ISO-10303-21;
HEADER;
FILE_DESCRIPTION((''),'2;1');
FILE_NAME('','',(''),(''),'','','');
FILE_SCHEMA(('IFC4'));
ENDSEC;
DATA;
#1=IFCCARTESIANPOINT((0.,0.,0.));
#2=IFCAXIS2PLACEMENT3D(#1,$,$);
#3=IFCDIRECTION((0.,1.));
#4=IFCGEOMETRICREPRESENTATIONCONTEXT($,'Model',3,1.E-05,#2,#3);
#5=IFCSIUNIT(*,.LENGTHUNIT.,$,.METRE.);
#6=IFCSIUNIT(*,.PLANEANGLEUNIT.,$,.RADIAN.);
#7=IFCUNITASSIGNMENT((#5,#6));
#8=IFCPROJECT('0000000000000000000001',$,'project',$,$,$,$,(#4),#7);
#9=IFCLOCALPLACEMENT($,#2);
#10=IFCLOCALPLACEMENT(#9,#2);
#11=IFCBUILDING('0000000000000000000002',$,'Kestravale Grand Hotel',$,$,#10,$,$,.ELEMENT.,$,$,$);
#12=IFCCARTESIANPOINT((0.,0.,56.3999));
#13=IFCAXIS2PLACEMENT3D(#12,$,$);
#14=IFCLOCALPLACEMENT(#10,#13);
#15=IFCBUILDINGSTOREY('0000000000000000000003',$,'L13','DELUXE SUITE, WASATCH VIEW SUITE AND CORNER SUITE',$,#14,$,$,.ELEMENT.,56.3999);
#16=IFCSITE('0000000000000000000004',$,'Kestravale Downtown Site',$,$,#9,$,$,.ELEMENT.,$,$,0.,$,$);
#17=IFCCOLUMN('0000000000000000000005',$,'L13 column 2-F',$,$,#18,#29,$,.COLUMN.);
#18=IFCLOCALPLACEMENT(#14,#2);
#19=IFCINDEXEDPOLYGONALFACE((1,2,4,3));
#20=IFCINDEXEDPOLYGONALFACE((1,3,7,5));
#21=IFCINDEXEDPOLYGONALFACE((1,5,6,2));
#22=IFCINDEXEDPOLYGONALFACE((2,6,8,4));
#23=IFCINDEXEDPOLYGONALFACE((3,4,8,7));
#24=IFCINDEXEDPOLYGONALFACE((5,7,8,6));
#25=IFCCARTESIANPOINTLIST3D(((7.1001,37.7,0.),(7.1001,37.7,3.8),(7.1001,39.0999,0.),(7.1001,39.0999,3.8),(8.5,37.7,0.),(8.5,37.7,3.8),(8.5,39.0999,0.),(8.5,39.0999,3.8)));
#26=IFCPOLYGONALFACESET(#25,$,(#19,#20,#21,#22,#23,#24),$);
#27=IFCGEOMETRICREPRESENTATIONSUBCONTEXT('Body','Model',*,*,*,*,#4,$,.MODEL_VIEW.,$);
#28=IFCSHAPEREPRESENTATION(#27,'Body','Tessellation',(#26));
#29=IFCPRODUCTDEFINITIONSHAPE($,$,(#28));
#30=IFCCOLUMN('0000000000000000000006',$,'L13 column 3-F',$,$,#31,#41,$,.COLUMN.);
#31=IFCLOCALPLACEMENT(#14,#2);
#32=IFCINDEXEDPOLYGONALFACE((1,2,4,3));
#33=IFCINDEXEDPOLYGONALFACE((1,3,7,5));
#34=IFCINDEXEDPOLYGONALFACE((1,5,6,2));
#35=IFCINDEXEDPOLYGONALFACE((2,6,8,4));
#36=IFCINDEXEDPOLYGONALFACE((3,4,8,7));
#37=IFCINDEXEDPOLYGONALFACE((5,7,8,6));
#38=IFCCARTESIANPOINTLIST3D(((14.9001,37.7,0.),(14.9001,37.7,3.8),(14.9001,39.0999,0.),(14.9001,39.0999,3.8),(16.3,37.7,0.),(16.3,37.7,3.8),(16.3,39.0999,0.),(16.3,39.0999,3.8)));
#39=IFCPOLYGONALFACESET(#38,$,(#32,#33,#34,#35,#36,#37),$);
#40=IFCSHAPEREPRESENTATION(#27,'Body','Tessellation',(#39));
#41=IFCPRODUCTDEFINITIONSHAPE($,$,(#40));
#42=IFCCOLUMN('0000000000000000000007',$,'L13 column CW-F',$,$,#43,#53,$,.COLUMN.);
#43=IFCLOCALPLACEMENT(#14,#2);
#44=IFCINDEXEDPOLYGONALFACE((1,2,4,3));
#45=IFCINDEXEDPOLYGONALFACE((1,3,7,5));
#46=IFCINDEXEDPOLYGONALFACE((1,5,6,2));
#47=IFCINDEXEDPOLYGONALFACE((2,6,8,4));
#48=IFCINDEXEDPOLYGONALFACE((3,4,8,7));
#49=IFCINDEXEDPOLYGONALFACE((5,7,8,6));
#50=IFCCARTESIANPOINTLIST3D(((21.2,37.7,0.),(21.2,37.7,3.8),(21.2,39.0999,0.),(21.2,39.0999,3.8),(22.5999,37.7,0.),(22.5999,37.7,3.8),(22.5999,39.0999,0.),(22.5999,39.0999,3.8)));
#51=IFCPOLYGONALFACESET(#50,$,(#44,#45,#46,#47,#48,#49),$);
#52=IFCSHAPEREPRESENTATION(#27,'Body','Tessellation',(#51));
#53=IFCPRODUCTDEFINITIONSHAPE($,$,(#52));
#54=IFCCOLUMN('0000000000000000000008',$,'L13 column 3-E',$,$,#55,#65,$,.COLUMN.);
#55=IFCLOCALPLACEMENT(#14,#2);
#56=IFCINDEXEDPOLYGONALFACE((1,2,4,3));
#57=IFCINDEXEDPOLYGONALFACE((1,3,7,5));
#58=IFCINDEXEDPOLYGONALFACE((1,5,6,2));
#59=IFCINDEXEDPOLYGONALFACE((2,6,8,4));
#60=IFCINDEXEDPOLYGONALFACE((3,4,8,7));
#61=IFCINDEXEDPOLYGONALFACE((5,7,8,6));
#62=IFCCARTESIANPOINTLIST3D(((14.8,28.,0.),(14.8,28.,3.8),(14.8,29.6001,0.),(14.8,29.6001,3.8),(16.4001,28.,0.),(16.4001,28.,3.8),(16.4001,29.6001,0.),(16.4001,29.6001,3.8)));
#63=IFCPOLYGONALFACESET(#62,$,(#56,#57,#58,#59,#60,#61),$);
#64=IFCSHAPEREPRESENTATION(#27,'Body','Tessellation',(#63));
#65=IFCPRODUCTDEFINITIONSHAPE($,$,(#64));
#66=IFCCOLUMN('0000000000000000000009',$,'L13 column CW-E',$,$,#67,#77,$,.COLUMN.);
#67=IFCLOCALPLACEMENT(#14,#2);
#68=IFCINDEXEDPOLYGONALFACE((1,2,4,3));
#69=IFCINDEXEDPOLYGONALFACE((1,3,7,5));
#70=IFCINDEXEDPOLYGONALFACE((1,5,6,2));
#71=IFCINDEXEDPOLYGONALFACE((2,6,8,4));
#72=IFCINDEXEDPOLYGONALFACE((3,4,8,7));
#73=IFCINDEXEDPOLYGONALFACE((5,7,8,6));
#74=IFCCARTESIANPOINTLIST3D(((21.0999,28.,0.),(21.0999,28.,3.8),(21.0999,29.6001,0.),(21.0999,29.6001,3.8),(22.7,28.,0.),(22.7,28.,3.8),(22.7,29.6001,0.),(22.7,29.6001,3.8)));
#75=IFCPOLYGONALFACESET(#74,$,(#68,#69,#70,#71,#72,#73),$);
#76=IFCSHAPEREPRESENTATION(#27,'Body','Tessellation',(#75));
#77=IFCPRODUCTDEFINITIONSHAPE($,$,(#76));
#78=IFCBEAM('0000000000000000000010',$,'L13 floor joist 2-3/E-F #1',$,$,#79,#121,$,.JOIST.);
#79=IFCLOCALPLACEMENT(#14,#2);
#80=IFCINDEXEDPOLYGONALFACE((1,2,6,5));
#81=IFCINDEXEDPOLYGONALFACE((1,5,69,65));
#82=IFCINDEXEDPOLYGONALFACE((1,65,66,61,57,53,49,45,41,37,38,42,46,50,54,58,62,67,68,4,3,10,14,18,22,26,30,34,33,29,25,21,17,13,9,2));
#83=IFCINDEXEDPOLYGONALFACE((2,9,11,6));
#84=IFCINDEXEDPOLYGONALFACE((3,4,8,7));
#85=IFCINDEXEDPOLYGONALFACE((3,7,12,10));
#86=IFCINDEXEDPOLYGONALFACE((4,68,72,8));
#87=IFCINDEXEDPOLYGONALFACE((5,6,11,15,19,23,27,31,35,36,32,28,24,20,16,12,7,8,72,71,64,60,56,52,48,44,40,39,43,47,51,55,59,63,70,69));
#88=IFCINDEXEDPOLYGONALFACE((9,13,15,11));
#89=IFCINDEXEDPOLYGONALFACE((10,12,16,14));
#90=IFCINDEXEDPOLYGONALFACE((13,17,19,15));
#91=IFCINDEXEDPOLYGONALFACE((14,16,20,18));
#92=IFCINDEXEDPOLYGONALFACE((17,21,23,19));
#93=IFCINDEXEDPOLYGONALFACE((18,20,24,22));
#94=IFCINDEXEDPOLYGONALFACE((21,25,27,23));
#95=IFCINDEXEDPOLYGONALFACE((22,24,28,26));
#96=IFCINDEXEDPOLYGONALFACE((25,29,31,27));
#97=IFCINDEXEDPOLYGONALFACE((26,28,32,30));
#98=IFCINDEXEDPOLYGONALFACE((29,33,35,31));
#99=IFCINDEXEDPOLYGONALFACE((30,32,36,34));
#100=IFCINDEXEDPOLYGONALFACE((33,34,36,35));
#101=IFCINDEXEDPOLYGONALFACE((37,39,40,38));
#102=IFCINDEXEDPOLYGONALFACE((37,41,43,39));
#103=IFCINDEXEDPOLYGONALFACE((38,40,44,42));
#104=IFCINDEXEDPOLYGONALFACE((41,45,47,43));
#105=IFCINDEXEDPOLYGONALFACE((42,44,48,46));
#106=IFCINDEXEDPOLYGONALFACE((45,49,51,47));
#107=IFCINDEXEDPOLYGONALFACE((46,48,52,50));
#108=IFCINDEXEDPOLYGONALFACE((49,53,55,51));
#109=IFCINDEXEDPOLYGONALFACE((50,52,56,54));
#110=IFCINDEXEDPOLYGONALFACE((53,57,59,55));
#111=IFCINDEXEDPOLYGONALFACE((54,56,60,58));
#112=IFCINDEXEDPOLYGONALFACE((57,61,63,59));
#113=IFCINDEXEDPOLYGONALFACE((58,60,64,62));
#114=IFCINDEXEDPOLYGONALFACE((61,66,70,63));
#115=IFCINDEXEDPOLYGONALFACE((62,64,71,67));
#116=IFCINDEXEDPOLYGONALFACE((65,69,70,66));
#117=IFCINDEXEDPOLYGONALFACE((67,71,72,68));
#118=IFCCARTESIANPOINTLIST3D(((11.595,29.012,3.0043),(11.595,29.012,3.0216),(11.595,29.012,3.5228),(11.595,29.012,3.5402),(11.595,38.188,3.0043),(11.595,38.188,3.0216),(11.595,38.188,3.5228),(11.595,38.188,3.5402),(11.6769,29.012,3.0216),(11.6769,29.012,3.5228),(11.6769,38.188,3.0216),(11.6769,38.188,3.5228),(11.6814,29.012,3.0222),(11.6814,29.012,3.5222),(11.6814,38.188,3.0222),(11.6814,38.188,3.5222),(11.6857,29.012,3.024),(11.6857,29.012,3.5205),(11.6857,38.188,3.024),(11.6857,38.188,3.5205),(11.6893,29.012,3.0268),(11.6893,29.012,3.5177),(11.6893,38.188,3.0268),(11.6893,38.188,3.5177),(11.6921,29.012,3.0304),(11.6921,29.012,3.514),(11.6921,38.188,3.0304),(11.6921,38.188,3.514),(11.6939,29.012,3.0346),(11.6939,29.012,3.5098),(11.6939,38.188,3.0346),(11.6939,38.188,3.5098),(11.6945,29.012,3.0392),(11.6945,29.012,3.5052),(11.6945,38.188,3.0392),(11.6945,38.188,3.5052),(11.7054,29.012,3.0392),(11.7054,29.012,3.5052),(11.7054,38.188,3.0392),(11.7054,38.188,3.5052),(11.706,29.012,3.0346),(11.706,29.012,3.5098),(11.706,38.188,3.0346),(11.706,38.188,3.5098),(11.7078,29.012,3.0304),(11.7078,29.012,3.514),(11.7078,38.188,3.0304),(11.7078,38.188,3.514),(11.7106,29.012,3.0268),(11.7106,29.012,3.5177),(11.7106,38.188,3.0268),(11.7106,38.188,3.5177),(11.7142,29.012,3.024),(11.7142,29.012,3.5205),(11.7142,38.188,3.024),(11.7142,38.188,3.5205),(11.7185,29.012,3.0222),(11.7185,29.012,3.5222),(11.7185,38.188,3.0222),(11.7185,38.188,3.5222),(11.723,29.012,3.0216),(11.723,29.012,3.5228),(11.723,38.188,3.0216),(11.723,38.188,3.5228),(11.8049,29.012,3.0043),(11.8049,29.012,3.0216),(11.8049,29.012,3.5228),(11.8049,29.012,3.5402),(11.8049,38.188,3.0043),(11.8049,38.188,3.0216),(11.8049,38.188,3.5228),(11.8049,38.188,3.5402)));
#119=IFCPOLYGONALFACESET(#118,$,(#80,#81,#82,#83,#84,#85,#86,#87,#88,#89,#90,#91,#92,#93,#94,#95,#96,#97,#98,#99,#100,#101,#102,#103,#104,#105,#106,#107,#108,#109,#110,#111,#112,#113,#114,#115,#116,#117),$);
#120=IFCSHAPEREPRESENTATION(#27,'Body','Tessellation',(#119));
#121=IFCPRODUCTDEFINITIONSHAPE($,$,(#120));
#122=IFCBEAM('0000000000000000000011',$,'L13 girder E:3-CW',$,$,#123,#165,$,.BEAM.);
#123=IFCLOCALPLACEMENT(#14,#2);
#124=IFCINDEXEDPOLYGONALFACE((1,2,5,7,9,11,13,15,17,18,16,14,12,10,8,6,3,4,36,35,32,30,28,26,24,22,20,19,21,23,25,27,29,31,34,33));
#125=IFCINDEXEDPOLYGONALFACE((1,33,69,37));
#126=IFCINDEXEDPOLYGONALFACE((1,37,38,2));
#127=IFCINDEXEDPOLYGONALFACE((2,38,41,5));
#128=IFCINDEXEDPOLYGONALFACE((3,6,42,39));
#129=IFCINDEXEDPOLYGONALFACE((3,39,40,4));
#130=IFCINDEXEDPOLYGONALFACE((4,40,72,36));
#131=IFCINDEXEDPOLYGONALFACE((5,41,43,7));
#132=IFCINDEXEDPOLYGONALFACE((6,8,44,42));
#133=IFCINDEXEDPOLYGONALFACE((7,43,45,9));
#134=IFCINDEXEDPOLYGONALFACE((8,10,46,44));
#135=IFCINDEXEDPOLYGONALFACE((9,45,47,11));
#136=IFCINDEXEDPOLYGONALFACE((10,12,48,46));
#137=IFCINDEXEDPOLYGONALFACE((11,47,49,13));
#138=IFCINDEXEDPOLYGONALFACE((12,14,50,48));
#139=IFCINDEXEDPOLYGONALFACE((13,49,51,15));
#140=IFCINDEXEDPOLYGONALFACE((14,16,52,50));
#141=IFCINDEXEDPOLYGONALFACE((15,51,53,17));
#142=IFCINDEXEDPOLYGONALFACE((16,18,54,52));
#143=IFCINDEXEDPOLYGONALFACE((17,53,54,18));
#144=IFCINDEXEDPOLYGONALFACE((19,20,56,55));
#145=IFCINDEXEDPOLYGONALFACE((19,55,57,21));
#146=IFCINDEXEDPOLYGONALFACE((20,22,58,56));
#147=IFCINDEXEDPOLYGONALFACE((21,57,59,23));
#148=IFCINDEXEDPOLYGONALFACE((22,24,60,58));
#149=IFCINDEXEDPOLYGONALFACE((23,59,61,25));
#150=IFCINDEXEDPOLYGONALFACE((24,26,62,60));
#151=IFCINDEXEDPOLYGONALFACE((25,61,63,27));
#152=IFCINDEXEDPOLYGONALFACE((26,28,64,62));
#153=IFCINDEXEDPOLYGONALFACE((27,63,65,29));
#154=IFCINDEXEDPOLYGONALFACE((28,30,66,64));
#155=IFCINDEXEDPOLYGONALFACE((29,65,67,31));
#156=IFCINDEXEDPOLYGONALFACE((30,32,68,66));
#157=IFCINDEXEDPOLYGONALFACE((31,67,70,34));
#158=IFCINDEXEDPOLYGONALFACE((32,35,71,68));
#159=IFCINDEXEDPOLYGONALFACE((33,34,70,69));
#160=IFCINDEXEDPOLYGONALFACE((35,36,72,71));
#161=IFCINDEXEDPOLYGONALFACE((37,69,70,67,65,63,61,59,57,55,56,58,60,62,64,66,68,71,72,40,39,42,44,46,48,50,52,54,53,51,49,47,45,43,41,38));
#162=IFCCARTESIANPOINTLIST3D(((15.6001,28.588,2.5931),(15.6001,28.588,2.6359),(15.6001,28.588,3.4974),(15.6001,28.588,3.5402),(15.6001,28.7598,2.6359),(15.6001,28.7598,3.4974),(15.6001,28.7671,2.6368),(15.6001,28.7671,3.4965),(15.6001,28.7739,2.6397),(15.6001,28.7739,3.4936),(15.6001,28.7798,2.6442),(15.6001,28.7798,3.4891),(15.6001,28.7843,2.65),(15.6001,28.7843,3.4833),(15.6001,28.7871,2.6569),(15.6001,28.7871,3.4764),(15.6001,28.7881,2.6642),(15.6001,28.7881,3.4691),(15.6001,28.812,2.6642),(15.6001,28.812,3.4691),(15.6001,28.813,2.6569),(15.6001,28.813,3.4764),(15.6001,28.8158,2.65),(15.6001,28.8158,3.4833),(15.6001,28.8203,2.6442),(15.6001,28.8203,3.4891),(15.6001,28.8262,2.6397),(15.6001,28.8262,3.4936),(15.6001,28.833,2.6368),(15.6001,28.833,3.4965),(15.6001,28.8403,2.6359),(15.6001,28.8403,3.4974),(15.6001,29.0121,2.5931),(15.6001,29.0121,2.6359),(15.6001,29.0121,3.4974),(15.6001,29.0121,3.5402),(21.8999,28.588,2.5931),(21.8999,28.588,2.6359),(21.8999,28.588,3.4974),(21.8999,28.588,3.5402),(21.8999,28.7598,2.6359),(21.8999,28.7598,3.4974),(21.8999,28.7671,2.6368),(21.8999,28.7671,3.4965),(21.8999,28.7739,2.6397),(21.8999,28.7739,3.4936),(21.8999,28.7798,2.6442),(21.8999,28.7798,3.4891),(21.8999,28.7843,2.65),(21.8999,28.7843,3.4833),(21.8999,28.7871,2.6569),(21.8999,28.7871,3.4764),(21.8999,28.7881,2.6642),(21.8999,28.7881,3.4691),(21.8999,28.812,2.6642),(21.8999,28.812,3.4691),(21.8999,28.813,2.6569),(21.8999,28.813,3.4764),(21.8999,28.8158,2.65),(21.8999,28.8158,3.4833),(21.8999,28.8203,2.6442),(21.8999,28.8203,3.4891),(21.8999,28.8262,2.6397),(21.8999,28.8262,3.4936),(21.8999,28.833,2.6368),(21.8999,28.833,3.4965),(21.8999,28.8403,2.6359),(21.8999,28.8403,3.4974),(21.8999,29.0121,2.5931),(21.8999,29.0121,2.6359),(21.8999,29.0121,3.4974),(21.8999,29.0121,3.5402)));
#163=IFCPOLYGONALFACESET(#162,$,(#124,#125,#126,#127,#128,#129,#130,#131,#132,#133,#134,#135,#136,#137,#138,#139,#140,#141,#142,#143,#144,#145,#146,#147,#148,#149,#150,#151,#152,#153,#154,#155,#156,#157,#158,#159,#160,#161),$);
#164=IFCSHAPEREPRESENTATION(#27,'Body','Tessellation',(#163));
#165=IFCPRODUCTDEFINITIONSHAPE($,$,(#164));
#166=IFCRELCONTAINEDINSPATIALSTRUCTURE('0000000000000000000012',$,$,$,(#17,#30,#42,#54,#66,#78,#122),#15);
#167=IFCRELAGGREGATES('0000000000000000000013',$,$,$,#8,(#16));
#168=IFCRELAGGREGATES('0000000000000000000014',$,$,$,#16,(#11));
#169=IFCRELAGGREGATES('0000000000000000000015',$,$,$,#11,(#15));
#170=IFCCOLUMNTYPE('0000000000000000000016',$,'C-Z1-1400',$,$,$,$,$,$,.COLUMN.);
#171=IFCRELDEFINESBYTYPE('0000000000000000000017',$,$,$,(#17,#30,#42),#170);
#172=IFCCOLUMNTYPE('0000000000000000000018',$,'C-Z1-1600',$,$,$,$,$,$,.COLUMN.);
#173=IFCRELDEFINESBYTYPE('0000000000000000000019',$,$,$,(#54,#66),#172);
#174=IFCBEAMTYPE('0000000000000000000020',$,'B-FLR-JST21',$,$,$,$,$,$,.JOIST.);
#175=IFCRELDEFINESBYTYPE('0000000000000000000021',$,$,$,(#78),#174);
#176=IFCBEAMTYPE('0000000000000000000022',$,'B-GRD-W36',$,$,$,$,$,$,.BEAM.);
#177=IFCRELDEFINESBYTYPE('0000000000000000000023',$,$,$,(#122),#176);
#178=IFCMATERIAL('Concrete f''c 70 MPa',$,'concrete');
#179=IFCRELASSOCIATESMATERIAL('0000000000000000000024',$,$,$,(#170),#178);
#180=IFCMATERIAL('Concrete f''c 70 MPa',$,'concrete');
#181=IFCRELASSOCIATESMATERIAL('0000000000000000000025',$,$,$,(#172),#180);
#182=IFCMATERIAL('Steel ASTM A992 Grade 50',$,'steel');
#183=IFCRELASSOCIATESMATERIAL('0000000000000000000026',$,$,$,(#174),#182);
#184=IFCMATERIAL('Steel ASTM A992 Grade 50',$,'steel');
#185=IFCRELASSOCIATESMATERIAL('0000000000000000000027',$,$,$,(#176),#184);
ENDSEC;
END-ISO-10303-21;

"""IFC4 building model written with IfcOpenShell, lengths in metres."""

from ifc_helpers import new_model, si_unit, direction, frame, origin, origin_2d, place, context, subcontext, project, spatial, rectangle, i_section, extrude, material, material_profile, profile_set, type_object, element, save


model = new_model("IFC4")

# Units and contexts
model_context = context("Model", 3, precision=1e-05, world=origin(), true_north=direction((0.0, 1.0)))
body_context = subcontext(model_context, "Body", "Model", "MODEL_VIEW")
ifc_project = project(units=[si_unit("LENGTHUNIT", "METRE"), si_unit("PLANEANGLEUNIT", "RADIAN")], contexts=[model_context])

# Site, building, storey
site_placement = place(None, origin())
site = spatial("IfcSite", under=ifc_project, at=site_placement, Name="Kestravale Downtown Site", CompositionType="ELEMENT", RefElevation=0.0)
building_placement = place(site_placement, origin())
building = spatial("IfcBuilding", under=site, at=building_placement, Name="Kestravale Grand Hotel", CompositionType="ELEMENT")
storey_placement = place(building_placement, frame((0.0, 0.0, 56.3999)))
storey = spatial("IfcBuildingStorey", under=building, at=storey_placement, Name="L13", Description="DELUXE SUITE, WASATCH VIEW SUITE AND CORNER SUITE", CompositionType="ELEMENT", Elevation=56.3999)

# Columns
ifc_material_1 = material(Name="Concrete f'c 70 MPa", Category="concrete")
ifc_material_profile_1 = material_profile(ifc_material_1, rectangle(XDim=1.3999, YDim=1.3999, at=origin_2d()))
ifc_profile_set_1 = profile_set([ifc_material_profile_1], Name="Concrete f'c 70 MPa")
column_type_1 = type_object("IfcColumnType", Name="C-Z1-1400", PredefinedType="COLUMN", material=ifc_profile_set_1)
for number, where, z_axis, x_axis, name in (
    (1, (7.8, 38.3999, 0.0), (0.0, 0.0, 1.0), (1.0, 0.0, 0.0), "L13 column 2-F"),
    (2, (15.6001, 38.3999, 0.0), (0.0, 0.0, 1.0), (1.0, 0.0, 0.0), "L13 column 3-F"),
    (3, (21.8999, 38.3999, 0.0), (0.0, 0.0, 1.0), (1.0, 0.0, 0.0), "L13 column CW-F"),
):
    element("IfcColumn", number, at=place(storey_placement, frame(where, z_axis=z_axis, x_axis=x_axis)), inside=storey, type_object=column_type_1, Name=name, PredefinedType="COLUMN", context=body_context, shape_type="SweptSolid", body=[
        extrude(rectangle(XDim=1.3999, YDim=1.3999, at=origin_2d()), origin(), (0.0, 0.0, 1.0), 3.8),
    ])
ifc_material_2 = material(Name="Concrete f'c 70 MPa", Category="concrete")
ifc_material_profile_2 = material_profile(ifc_material_2, rectangle(XDim=1.6001, YDim=1.6001, at=origin_2d()))
ifc_profile_set_2 = profile_set([ifc_material_profile_2], Name="Concrete f'c 70 MPa")
column_type_2 = type_object("IfcColumnType", Name="C-Z1-1600", PredefinedType="COLUMN", material=ifc_profile_set_2)
for number, where, z_axis, x_axis, name in (
    (4, (15.6001, 28.8, 0.0), (0.0, 0.0, 1.0), (1.0, 0.0, 0.0), "L13 column 3-E"),
    (5, (21.8999, 28.8, 0.0), (0.0, 0.0, 1.0), (1.0, 0.0, 0.0), "L13 column CW-E"),
):
    element("IfcColumn", number, at=place(storey_placement, frame(where, z_axis=z_axis, x_axis=x_axis)), inside=storey, type_object=column_type_2, Name=name, PredefinedType="COLUMN", context=body_context, shape_type="SweptSolid", body=[
        extrude(rectangle(XDim=1.6001, YDim=1.6001, at=origin_2d()), origin(), (0.0, 0.0, 1.0), 3.8),
    ])

# Beams
ifc_material_3 = material(Name="Steel ASTM A992 Grade 50", Category="steel")
ifc_material_profile_3 = material_profile(ifc_material_3, i_section(OverallWidth=0.21, OverallDepth=0.5359, WebThickness=0.011, FlangeThickness=0.0173, FilletRadius=0.0176, at=origin_2d()))
ifc_profile_set_3 = profile_set([ifc_material_profile_3], Name="Steel ASTM A992 Grade 50")
beam_type_1 = type_object("IfcBeamType", Name="B-FLR-JST21", PredefinedType="JOIST", material=ifc_profile_set_3)
beam_1_placement = place(storey_placement, frame((11.7, 29.012, 3.2722), z_axis=(0.0, 1.0, 0.0), x_axis=(-1.0, 0.0, 0.0)))
element("IfcBeam", 6, at=beam_1_placement, inside=storey, type_object=beam_type_1, Name="L13 floor joist 2-3/E-F #1", PredefinedType="JOIST", context=body_context, shape_type="SweptSolid", body=[
    extrude(i_section(OverallWidth=0.21, OverallDepth=0.5359, WebThickness=0.011, FlangeThickness=0.0173, FilletRadius=0.0176, at=origin_2d()), origin(), (0.0, 0.0, 1.0), 9.176),
])
ifc_material_4 = material(Name="Steel ASTM A992 Grade 50", Category="steel")
ifc_material_profile_4 = material_profile(ifc_material_4, i_section(OverallWidth=0.4241, OverallDepth=0.947, WebThickness=0.0239, FlangeThickness=0.0427, FilletRadius=0.0283, at=origin_2d()))
ifc_profile_set_4 = profile_set([ifc_material_profile_4], Name="Steel ASTM A992 Grade 50")
beam_type_2 = type_object("IfcBeamType", Name="B-GRD-W36", PredefinedType="BEAM", material=ifc_profile_set_4)
beam_2_placement = place(storey_placement, frame((15.6001, 28.8, 3.0667), z_axis=(1.0, 0.0, 0.0), x_axis=(0.0, 1.0, 0.0)))
element("IfcBeam", 7, at=beam_2_placement, inside=storey, type_object=beam_type_2, Name="L13 girder E:3-CW", PredefinedType="BEAM", context=body_context, shape_type="SweptSolid", body=[
    extrude(i_section(OverallWidth=0.4241, OverallDepth=0.947, WebThickness=0.0239, FlangeThickness=0.0427, FilletRadius=0.0283, at=origin_2d()), origin(), (0.0, 0.0, 1.0), 6.2998),
])

save(model, "model.ifc")
